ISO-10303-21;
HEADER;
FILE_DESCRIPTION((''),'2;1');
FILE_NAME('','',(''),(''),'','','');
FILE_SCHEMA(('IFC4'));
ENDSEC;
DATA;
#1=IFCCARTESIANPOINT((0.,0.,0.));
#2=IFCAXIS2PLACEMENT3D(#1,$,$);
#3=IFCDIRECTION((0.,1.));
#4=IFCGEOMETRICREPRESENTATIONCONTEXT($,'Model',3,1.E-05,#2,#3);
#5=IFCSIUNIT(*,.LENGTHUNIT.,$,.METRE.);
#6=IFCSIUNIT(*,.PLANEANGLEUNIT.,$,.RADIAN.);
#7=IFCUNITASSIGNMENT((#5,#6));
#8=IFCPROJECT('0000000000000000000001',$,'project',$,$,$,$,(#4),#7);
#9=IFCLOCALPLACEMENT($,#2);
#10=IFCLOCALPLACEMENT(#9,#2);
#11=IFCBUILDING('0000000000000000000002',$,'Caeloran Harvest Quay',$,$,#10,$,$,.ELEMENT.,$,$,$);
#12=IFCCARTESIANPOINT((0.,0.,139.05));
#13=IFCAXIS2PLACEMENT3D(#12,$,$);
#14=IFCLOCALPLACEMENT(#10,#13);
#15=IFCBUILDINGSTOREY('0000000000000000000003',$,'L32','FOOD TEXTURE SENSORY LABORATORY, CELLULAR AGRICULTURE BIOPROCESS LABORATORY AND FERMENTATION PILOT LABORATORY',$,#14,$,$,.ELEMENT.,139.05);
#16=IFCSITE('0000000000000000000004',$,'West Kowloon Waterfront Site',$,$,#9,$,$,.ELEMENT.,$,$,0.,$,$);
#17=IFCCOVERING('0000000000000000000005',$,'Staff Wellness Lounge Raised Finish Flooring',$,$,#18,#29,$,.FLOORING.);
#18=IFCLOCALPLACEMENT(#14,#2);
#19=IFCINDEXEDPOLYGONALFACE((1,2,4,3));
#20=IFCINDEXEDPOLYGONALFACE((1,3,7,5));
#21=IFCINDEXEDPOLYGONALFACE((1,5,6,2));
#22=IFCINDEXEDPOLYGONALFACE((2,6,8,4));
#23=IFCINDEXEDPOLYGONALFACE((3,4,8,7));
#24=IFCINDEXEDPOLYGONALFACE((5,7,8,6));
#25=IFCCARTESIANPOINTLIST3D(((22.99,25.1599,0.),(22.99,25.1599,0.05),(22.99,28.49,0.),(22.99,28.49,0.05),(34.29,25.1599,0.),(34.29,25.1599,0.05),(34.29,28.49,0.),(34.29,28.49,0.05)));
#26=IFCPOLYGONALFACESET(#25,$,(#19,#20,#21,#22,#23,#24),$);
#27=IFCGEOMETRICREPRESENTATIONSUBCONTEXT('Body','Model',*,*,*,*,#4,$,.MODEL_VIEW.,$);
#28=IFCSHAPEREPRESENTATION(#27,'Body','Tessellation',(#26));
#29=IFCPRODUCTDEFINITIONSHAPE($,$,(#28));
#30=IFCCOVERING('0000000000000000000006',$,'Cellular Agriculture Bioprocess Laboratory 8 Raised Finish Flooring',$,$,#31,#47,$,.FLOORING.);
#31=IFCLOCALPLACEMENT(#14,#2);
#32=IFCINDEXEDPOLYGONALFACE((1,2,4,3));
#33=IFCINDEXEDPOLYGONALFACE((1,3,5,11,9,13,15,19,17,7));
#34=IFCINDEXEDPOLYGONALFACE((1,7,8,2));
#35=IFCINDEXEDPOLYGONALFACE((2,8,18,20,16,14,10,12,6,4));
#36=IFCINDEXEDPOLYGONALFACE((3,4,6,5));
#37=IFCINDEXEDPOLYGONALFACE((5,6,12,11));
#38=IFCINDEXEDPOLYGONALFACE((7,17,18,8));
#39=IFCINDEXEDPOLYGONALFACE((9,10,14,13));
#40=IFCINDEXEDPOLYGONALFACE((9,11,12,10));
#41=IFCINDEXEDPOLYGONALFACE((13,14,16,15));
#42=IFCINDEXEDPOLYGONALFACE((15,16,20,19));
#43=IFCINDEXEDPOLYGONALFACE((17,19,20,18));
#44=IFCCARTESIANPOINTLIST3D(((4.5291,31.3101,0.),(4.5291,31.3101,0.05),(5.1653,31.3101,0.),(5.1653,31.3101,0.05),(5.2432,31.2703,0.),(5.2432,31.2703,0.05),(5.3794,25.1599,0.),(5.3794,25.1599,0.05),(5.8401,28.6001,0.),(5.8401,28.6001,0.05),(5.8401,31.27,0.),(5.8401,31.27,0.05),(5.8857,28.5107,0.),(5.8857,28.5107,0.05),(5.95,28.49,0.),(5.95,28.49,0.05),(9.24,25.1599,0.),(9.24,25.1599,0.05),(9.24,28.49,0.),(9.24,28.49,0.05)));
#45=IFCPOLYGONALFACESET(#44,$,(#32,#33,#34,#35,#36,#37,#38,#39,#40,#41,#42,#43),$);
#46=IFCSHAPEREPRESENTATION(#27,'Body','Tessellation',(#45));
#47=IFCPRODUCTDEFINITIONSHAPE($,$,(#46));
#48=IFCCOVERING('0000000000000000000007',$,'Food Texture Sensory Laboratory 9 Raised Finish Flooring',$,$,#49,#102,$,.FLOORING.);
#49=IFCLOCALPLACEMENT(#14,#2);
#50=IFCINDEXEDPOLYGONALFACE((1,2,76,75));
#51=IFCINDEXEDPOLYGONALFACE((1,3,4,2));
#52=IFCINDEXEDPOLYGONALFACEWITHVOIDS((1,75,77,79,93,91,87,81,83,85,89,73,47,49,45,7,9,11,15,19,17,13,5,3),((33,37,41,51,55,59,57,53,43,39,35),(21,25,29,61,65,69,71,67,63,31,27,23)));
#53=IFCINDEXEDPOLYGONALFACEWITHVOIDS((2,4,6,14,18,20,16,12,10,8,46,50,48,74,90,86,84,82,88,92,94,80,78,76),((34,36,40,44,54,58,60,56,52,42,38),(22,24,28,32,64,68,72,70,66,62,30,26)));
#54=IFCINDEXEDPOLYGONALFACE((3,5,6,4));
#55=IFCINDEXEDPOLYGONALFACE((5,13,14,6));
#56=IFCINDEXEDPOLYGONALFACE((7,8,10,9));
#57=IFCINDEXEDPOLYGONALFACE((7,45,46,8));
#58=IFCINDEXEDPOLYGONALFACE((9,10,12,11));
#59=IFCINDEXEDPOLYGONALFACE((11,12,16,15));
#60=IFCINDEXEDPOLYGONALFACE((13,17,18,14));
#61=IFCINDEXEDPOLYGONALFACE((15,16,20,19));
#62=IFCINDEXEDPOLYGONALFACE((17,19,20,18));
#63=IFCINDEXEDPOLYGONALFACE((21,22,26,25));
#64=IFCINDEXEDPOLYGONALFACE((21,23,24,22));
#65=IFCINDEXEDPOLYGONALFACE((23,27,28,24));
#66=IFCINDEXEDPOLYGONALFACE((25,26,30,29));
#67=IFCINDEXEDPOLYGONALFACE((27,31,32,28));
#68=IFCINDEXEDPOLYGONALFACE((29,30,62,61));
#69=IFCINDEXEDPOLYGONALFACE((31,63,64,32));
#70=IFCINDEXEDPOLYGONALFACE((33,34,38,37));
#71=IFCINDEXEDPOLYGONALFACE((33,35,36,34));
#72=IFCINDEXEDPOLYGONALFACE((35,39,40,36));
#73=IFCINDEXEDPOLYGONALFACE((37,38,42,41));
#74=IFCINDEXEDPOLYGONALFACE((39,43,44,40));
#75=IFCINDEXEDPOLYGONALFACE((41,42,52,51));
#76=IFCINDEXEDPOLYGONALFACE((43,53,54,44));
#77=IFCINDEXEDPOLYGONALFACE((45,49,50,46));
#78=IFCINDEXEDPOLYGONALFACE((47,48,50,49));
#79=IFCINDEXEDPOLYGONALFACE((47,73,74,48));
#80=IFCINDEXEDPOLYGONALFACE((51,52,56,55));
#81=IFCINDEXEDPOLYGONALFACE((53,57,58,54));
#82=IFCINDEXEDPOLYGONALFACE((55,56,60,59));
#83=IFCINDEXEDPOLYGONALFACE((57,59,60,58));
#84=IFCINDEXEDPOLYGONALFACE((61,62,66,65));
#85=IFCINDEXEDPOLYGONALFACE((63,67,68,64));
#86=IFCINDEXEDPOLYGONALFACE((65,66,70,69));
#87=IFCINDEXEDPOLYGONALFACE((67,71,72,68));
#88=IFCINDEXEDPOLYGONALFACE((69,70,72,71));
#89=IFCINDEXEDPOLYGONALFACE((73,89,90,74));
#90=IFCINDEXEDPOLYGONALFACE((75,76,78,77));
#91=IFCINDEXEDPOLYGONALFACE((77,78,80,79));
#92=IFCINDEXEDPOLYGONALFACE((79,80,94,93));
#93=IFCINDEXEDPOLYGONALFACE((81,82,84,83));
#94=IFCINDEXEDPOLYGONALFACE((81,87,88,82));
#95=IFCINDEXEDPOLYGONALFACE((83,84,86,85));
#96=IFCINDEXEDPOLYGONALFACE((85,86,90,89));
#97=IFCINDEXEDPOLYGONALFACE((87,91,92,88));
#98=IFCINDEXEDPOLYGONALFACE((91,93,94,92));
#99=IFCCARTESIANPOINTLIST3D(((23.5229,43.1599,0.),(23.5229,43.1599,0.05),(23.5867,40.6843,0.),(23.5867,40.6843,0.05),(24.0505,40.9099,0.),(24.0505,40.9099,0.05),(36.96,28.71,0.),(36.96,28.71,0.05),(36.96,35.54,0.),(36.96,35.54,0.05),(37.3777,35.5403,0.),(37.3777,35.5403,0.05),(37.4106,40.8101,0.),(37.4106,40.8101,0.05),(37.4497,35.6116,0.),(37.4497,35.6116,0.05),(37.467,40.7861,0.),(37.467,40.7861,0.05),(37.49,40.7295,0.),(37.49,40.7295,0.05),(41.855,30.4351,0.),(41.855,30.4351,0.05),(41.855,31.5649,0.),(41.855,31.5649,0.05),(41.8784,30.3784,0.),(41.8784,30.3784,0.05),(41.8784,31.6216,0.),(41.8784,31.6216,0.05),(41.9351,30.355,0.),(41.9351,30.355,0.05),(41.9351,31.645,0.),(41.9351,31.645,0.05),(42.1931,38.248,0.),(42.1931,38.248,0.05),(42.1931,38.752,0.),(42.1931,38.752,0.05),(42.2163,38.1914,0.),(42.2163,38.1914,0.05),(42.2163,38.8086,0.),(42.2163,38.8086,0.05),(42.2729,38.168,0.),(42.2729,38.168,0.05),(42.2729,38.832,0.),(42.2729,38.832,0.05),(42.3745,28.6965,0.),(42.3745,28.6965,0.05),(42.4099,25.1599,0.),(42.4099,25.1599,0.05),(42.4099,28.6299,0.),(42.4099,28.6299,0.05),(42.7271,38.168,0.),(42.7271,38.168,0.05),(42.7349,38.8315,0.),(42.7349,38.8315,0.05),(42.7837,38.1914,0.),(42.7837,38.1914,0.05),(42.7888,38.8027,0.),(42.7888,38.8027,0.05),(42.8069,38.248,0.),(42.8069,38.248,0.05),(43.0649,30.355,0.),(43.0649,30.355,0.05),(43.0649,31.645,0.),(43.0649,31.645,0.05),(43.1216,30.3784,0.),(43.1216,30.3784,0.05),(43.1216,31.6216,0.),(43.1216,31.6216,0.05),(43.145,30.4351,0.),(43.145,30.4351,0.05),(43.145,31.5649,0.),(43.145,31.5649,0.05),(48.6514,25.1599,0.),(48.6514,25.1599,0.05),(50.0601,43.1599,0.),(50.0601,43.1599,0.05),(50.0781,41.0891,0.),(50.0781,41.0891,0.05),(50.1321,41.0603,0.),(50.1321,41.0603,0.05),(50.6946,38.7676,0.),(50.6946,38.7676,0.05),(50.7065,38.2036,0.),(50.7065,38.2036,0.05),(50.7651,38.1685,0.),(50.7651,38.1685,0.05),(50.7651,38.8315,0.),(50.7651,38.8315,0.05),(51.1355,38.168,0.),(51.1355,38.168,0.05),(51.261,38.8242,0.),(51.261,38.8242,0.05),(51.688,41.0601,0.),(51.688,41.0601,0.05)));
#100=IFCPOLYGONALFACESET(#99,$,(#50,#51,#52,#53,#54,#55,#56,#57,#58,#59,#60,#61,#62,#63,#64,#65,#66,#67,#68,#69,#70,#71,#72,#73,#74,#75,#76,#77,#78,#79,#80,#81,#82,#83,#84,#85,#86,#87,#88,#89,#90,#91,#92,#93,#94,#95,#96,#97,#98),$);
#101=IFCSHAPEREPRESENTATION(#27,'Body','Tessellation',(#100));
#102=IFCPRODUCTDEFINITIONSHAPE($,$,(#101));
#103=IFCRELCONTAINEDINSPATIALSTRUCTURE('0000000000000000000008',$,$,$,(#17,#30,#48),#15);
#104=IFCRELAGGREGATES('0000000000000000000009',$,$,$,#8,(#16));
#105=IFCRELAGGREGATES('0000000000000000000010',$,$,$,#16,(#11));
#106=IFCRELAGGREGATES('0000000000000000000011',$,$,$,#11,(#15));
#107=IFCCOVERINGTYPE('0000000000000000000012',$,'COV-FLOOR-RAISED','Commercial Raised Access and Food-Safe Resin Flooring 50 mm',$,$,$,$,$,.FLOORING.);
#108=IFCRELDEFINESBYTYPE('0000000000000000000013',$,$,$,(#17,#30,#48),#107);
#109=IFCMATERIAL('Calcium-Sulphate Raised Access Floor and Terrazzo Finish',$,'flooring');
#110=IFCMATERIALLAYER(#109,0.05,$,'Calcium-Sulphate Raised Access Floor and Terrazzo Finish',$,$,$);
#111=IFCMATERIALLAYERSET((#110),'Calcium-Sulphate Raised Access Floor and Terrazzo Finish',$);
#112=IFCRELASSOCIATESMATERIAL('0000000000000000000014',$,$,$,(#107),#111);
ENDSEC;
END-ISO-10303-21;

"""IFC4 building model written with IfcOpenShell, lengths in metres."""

from ifc_helpers import new_model, si_unit, direction, frame, origin, place, context, subcontext, project, spatial, polyline, outline, extrude, material, layer, layer_set, type_object, element, save


model = new_model("IFC4")

# Units and contexts
model_context = context("Model", 3, precision=1e-05, world=origin(), true_north=direction((0.0, 1.0)))
body_context = subcontext(model_context, "Body", "Model", "MODEL_VIEW")
ifc_project = project(units=[si_unit("LENGTHUNIT", "METRE"), si_unit("PLANEANGLEUNIT", "RADIAN")], contexts=[model_context])

# Site, building, storey
site_placement = place(None, origin())
site = spatial("IfcSite", under=ifc_project, at=site_placement, Name="West Kowloon Waterfront Site", CompositionType="ELEMENT", RefElevation=0.0)
building_placement = place(site_placement, origin())
building = spatial("IfcBuilding", under=site, at=building_placement, Name="Caeloran Harvest Quay", CompositionType="ELEMENT")
storey_placement = place(building_placement, frame((0.0, 0.0, 139.05)))
storey = spatial("IfcBuildingStorey", under=building, at=storey_placement, Name="L32", Description="FOOD TEXTURE SENSORY LABORATORY, CELLULAR AGRICULTURE BIOPROCESS LABORATORY AND FERMENTATION PILOT LABORATORY", CompositionType="ELEMENT", Elevation=139.05)

# Coverings
ifc_material_1 = material(Name="Calcium-Sulphate Raised Access Floor and Terrazzo Finish", Category="flooring")
ifc_layer_1 = layer(ifc_material_1, 0.05, Name="Calcium-Sulphate Raised Access Floor and Terrazzo Finish")
ifc_layer_set_1 = layer_set([ifc_layer_1], Name="Calcium-Sulphate Raised Access Floor and Terrazzo Finish")
covering_type_1 = type_object("IfcCoveringType", Name="COV-FLOOR-RAISED", Description="Commercial Raised Access and Food-Safe Resin Flooring 50 mm", PredefinedType="FLOORING", material=ifc_layer_set_1)
covering_1_placement = place(storey_placement, origin())
element("IfcCovering", 1, at=covering_1_placement, inside=storey, type_object=covering_type_1, Name="Staff Wellness Lounge Raised Finish Flooring", PredefinedType="FLOORING", context=body_context, shape_type="SweptSolid", body=[
    extrude(outline(polyline([(22.99, 28.49), (34.29, 28.49), (34.29, 25.1599), (22.99, 25.1599), (22.99, 28.49)])), origin(), (0.0, 0.0, 1.0), 0.05),
])
covering_2_placement = place(storey_placement, origin())
element("IfcCovering", 2, at=covering_2_placement, inside=storey, type_object=covering_type_1, Name="Cellular Agriculture Bioprocess Laboratory 8 Raised Finish Flooring", PredefinedType="FLOORING", context=body_context, shape_type="SweptSolid", body=[
    extrude(outline(polyline([(5.1653, 31.3101), (5.2432, 31.2703), (5.8401, 31.27), (5.8401, 28.6001), (5.8857, 28.5107), (5.95, 28.49), (9.24, 28.49), (9.24, 25.1599), (5.3794, 25.1599), (4.5291, 31.3101), (5.1653, 31.3101)])), origin(), (0.0, 0.0, 1.0), 0.05),
])
covering_3_placement = place(storey_placement, origin())
element("IfcCovering", 3, at=covering_3_placement, inside=storey, type_object=covering_type_1, Name="Food Texture Sensory Laboratory 9 Raised Finish Flooring", PredefinedType="FLOORING", context=body_context, shape_type="SweptSolid", body=[
    extrude(outline(polyline([(50.0601, 43.1599), (50.0781, 41.0891), (50.1321, 41.0603), (51.688, 41.0601), (51.261, 38.8242), (50.7651, 38.8315), (50.6946, 38.7676), (50.7065, 38.2036), (50.7651, 38.1685), (51.1355, 38.168), (48.6514, 25.1599), (42.4099, 25.1599), (42.4099, 28.6299), (42.3745, 28.6965), (36.96, 28.71), (36.96, 35.54), (37.3777, 35.5403), (37.4497, 35.6116), (37.49, 40.7295), (37.467, 40.7861), (37.4106, 40.8101), (24.0505, 40.9099), (23.5867, 40.6843), (23.5229, 43.1599), (50.0601, 43.1599)]), holes=[polyline([(41.9351, 31.645), (41.8784, 31.6216), (41.855, 31.5649), (41.855, 30.4351), (41.8784, 30.3784), (41.9351, 30.355), (43.0649, 30.355), (43.1216, 30.3784), (43.145, 30.4351), (43.145, 31.5649), (43.1216, 31.6216), (43.0649, 31.645), (41.9351, 31.645)]), polyline([(42.8069, 38.248), (42.7888, 38.8027), (42.7349, 38.8315), (42.2729, 38.832), (42.2163, 38.8086), (42.1931, 38.752), (42.1931, 38.248), (42.2163, 38.1914), (42.2729, 38.168), (42.7271, 38.168), (42.7837, 38.1914), (42.8069, 38.248)])]), origin(), (0.0, 0.0, 1.0), 0.05),
])

save(model, "model.ifc")
